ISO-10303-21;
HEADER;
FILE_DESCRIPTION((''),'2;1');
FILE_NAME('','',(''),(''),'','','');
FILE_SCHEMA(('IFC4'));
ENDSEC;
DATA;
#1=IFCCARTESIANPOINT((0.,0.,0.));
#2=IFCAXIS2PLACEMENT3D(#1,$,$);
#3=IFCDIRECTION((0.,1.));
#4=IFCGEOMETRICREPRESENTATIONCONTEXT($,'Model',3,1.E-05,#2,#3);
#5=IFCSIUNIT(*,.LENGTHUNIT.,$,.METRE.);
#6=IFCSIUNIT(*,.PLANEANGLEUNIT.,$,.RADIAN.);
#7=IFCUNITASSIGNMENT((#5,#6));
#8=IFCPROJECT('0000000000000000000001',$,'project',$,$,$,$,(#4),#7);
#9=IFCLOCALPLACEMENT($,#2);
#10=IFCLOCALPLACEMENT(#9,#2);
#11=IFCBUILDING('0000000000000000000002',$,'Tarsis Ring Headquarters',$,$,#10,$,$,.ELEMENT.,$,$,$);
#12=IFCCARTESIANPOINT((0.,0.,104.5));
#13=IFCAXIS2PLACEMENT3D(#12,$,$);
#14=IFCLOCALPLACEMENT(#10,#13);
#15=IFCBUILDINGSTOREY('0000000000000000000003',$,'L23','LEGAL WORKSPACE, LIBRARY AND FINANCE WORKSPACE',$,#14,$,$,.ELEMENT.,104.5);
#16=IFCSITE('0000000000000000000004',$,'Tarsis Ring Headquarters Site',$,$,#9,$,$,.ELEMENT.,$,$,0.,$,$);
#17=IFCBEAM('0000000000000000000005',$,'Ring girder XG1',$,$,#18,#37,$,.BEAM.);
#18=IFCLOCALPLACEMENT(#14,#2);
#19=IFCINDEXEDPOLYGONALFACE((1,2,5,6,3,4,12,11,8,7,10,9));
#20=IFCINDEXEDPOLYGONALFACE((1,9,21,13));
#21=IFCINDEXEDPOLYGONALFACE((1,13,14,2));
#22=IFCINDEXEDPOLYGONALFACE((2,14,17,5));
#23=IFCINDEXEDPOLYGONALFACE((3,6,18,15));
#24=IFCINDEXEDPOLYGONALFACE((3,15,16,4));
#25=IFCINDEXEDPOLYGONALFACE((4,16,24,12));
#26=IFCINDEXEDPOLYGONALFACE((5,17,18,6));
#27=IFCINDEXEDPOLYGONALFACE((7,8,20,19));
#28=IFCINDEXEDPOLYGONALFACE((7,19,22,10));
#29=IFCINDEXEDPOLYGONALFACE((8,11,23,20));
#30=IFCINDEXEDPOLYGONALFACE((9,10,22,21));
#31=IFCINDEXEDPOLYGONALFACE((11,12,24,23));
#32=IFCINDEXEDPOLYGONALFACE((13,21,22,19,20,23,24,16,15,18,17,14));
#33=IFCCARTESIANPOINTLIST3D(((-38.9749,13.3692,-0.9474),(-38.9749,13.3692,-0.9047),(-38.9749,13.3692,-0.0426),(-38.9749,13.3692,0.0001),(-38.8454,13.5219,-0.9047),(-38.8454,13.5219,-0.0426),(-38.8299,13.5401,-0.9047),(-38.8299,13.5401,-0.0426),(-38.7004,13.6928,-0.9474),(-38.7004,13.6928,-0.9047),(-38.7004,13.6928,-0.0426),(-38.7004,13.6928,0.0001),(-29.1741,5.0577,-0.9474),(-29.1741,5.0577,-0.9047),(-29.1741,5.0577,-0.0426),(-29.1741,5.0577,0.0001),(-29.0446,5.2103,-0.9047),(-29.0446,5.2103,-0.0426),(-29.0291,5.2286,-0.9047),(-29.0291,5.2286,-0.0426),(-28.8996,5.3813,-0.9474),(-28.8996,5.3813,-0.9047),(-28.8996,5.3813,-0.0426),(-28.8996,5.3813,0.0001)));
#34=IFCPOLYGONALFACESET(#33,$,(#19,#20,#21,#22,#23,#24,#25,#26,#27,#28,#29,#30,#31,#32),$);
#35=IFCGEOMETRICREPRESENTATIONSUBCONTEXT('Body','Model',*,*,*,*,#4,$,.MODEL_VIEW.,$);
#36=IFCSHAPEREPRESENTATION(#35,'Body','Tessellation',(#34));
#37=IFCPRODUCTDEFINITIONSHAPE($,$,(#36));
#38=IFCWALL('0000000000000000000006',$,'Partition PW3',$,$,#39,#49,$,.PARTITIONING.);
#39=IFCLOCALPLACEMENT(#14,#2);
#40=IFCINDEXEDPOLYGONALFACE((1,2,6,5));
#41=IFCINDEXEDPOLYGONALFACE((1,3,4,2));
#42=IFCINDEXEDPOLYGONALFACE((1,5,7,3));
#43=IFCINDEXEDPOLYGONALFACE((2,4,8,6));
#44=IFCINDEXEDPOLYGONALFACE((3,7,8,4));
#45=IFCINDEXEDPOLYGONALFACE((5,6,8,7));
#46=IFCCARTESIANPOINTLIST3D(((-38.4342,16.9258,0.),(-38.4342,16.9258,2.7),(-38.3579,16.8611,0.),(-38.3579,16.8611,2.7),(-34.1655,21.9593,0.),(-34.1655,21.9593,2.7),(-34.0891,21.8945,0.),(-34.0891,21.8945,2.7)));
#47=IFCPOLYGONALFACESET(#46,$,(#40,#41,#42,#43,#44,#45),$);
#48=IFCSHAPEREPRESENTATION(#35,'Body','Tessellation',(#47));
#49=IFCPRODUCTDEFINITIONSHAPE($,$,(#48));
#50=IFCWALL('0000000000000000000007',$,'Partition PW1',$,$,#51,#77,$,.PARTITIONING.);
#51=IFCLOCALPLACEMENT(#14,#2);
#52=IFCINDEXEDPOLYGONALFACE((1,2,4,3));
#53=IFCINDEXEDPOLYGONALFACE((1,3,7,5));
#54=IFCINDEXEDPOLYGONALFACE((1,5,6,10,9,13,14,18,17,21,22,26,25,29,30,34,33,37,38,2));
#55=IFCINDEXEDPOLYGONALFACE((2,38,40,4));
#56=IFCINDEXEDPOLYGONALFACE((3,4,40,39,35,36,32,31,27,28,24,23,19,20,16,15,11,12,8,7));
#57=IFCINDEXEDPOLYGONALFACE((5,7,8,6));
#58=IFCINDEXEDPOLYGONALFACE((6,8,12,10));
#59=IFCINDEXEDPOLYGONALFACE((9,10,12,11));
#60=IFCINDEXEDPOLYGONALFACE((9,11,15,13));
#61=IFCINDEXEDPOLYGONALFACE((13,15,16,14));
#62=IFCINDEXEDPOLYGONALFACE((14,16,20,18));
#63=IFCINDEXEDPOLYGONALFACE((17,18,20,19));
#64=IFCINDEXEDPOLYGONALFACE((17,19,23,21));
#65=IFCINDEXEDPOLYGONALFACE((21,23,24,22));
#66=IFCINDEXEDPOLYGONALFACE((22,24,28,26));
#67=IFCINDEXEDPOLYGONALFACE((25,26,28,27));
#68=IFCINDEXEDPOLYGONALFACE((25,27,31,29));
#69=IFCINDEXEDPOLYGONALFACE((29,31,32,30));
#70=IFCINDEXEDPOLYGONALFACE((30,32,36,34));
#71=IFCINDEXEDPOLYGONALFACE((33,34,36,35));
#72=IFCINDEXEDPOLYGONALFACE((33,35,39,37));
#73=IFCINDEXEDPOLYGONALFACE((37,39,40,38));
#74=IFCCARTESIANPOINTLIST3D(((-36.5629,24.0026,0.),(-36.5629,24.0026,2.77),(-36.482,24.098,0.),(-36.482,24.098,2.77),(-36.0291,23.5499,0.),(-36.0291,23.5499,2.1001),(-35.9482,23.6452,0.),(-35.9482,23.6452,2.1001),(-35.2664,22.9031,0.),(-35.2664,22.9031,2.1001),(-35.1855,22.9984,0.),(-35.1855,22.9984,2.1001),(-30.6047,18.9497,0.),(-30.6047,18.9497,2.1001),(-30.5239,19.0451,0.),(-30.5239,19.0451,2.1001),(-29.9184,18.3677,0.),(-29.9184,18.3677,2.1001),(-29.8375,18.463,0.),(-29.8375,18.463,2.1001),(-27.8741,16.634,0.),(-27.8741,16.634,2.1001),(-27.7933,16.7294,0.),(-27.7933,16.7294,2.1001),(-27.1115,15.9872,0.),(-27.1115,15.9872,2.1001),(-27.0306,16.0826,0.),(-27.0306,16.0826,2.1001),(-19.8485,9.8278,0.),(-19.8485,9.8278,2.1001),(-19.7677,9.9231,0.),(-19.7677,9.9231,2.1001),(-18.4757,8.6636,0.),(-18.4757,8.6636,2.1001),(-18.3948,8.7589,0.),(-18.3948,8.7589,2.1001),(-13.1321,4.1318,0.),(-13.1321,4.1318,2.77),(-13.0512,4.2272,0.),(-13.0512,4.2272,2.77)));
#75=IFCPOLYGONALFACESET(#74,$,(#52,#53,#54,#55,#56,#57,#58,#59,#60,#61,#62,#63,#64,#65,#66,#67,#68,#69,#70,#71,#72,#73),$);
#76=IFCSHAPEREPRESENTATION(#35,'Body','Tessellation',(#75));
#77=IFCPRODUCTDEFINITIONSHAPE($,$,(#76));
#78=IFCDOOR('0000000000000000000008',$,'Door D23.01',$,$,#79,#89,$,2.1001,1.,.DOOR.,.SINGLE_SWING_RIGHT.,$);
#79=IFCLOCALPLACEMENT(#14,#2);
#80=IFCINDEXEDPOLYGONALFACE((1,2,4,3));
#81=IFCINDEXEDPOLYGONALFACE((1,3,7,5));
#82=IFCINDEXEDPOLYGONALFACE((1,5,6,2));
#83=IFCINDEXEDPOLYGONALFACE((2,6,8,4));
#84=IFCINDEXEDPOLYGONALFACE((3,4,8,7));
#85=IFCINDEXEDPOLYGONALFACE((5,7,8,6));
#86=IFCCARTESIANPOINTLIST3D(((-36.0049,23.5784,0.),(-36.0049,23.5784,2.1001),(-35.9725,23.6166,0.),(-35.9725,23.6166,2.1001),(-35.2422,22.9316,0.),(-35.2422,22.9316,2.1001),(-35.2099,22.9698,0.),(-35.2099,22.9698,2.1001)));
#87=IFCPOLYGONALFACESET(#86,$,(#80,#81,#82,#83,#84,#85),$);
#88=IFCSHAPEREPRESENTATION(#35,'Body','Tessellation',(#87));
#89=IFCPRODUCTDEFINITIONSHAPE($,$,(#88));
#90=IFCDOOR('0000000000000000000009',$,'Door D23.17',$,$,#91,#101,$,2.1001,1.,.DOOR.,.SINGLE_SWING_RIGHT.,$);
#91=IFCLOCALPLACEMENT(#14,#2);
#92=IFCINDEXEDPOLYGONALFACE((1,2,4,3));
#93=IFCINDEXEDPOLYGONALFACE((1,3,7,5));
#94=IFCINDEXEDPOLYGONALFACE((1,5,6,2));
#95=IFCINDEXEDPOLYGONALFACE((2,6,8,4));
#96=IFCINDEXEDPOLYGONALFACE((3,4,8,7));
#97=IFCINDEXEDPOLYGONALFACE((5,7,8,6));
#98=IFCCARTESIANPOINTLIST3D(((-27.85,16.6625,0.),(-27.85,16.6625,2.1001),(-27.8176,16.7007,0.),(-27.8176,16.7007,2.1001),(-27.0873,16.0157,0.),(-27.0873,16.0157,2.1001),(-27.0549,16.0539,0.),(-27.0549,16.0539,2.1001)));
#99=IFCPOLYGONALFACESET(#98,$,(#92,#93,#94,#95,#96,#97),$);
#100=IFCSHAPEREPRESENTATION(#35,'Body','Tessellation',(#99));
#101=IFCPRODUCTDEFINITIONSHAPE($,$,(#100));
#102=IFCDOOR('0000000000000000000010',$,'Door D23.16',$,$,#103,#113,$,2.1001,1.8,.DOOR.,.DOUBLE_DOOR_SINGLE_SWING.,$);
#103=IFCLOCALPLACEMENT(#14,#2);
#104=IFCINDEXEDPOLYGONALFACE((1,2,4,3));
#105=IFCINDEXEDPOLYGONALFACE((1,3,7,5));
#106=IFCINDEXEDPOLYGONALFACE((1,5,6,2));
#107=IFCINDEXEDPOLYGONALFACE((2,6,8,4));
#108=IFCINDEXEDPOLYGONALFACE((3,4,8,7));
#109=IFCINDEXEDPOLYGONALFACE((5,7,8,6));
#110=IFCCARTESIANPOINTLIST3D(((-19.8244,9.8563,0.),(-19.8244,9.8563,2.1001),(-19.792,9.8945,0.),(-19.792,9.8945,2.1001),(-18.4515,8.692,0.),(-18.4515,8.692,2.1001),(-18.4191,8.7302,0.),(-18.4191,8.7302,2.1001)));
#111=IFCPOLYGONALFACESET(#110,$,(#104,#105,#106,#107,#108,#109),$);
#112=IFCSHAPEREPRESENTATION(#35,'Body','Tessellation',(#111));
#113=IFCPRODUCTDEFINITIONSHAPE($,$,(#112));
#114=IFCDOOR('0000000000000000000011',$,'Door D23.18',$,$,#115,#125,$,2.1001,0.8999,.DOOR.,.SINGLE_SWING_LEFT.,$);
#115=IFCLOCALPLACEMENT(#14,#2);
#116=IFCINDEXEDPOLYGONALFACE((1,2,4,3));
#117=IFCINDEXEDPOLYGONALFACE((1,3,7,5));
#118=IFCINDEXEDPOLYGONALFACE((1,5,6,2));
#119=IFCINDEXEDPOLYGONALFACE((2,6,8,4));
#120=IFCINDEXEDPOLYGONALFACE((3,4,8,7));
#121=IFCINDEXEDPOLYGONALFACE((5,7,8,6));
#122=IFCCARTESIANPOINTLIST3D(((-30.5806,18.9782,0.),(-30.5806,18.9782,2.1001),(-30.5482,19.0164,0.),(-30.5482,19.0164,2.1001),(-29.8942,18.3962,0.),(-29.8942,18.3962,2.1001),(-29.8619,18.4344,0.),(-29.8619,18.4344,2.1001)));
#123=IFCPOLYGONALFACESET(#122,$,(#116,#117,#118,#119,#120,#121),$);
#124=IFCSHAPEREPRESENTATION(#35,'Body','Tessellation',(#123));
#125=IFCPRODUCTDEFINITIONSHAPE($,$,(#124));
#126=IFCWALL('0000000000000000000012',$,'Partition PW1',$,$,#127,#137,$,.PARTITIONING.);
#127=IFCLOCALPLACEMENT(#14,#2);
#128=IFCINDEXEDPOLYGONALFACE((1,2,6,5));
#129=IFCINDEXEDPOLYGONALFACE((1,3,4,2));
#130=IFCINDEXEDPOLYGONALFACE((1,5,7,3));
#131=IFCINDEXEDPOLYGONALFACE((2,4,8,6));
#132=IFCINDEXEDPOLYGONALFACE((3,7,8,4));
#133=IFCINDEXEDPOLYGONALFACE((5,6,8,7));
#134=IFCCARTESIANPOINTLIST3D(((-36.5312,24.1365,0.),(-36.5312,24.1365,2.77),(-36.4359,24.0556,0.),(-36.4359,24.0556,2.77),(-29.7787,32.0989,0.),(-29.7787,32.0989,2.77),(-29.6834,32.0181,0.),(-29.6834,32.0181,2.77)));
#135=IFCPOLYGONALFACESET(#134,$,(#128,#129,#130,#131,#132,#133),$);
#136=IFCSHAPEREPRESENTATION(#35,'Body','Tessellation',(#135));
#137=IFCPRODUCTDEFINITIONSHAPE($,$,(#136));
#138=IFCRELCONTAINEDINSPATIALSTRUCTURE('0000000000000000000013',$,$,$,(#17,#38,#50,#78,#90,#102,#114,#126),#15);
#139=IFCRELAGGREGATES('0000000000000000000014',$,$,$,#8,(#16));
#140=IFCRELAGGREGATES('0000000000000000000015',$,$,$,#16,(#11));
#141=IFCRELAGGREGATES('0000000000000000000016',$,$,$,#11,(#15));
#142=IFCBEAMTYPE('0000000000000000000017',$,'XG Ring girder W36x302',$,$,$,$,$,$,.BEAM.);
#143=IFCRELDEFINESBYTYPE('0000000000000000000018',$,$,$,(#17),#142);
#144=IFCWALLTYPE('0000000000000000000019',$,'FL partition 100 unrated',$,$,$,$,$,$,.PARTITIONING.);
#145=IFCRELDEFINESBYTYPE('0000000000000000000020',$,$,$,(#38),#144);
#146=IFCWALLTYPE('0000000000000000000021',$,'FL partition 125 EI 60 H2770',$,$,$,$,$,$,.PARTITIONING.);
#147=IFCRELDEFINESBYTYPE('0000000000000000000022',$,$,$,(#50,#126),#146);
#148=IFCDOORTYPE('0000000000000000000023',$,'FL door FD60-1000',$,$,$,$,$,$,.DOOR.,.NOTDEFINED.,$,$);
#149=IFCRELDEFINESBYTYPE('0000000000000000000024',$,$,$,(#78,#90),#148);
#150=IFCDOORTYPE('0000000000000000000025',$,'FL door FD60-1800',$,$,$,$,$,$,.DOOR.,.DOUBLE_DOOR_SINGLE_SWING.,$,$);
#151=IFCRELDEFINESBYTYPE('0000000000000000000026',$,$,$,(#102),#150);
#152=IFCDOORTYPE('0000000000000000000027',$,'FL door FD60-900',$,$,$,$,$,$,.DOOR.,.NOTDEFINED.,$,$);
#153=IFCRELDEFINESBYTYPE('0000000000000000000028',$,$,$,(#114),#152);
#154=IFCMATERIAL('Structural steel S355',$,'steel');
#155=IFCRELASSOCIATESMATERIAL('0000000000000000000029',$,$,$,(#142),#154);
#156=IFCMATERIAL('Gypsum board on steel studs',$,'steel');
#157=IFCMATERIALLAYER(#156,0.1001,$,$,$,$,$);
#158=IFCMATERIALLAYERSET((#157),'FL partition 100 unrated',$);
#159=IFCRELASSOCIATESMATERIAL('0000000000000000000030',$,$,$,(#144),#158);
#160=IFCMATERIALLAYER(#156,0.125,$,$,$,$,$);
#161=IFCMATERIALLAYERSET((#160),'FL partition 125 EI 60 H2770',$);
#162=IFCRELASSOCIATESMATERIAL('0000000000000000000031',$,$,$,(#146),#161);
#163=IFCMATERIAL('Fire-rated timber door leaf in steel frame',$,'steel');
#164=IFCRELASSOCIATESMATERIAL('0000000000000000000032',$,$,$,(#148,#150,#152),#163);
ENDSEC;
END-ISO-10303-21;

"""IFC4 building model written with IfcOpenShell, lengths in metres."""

from ifc_helpers import new_model, si_unit, direction, frame, frame_2d, origin, origin_2d, place, context, subcontext, project, spatial, rectangle, i_section, extrude, material, layer, layer_set, material_profile, profile_set, type_object, element, fill, save


model = new_model("IFC4")

# Units and contexts
model_context = context("Model", 3, precision=1e-05, world=origin(), true_north=direction((0.0, 1.0)))
body_context = subcontext(model_context, "Body", "Model", "MODEL_VIEW")
ifc_project = project(units=[si_unit("LENGTHUNIT", "METRE"), si_unit("PLANEANGLEUNIT", "RADIAN")], contexts=[model_context])

# Site, building, storey
site_placement = place(None, origin())
site = spatial("IfcSite", under=ifc_project, at=site_placement, Name="Tarsis Ring Headquarters Site", CompositionType="ELEMENT", RefElevation=0.0)
building_placement = place(site_placement, origin())
building = spatial("IfcBuilding", under=site, at=building_placement, Name="Tarsis Ring Headquarters", CompositionType="ELEMENT")
storey_placement = place(building_placement, frame((0.0, 0.0, 104.5)))
storey = spatial("IfcBuildingStorey", under=building, at=storey_placement, Name="L23", Description="LEGAL WORKSPACE, LIBRARY AND FINANCE WORKSPACE", CompositionType="ELEMENT", Elevation=104.5)

# Shared definitions
ifc_material_1 = material(Name="Structural steel S355", Category="steel")

# Beam
ifc_material_profile_1 = material_profile(ifc_material_1, i_section(OverallWidth=0.4243, OverallDepth=0.9475, WebThickness=0.0239, FlangeThickness=0.0427, at=origin_2d()), Name="W36x302")
ifc_profile_set_1 = profile_set([ifc_material_profile_1], Name="Structural steel S355")
beam_type = type_object("IfcBeamType", Name="XG Ring girder W36x302", PredefinedType="BEAM", material=ifc_profile_set_1)
beam_1_placement = place(storey_placement, frame((-38.8376, 13.531, -0.4736), z_axis=(0.762674, -0.646783, 0.0), x_axis=(0.646783, 0.762674, 0.0)))
element("IfcBeam", 1, at=beam_1_placement, inside=storey, type_object=beam_type, Name="Ring girder XG1", PredefinedType="BEAM", context=body_context, shape_type="SweptSolid", body=[
    extrude(i_section(OverallWidth=0.4243, OverallDepth=0.9475, WebThickness=0.0239, FlangeThickness=0.0427, at=origin_2d()), origin(), (0.0, 0.0, 1.0), 12.8506),
])

# Wall
ifc_material_2 = material(Name="Gypsum board on steel studs", Category="steel")
ifc_layer_1 = layer(ifc_material_2, 0.1001)
ifc_layer_set_1 = layer_set([ifc_layer_1], Name="FL partition 100 unrated")
wall_type_1 = type_object("IfcWallType", Name="FL partition 100 unrated", PredefinedType="PARTITIONING", material=ifc_layer_set_1)
wall_1_placement = place(storey_placement, frame((-38.396, 16.8936, 0.0), z_axis=(0.0, 0.0, 1.0), x_axis=(0.646801, 0.762659, 0.0)))
element("IfcWall", 2, at=wall_1_placement, inside=storey, type_object=wall_type_1, Name="Partition PW3", PredefinedType="PARTITIONING", context=body_context, shape_type="SweptSolid", body=[
    extrude(rectangle(XDim=6.5999, YDim=0.1001, at=frame_2d((3.2998, 0.0))), origin(), (0.0, 0.0, 1.0), 2.7),
])

# Wall, openings, doors
ifc_layer_2 = layer(ifc_material_2, 0.125)
ifc_layer_set_2 = layer_set([ifc_layer_2], Name="FL partition 125 EI 60 H2770")
wall_type_2 = type_object("IfcWallType", Name="FL partition 125 EI 60 H2770", PredefinedType="PARTITIONING", material=ifc_layer_set_2)
wall_2_placement = place(storey_placement, frame((-36.5225, 24.0503, 0.0), z_axis=(0.0, 0.0, 1.0), x_axis=(0.762668, -0.64679, 0.0)))
wall_2 = element("IfcWall", 3, at=wall_2_placement, inside=storey, type_object=wall_type_2, Name="Partition PW1", PredefinedType="PARTITIONING", context=body_context, shape_type="SweptSolid", body=[
    extrude(rectangle(XDim=30.7222, YDim=0.125, at=frame_2d((15.3611, 0.0))), origin(), (0.0, 0.0, 1.0), 2.77),
])
opening_1_placement = place(wall_2_placement, frame((0.7, 0.0, 0.0)))
opening_1 = element("IfcOpeningElement", 4, at=opening_1_placement, cuts=wall_2, PredefinedType="OPENING", context=body_context, shape_type="SweptSolid", body=[
    extrude(rectangle(XDim=1.0, YDim=2.1001, at=frame_2d((0.5, 1.05))), frame((0.0, 0.0725, 0.0), z_axis=(0.0, -1.0, 0.0), x_axis=(1.0, 0.0, 0.0)), (0.0, 0.0, 1.0), 0.145),
])
opening_2_placement = place(wall_2_placement, frame((21.9158, 0.0, 0.0)))
opening_2 = element("IfcOpeningElement", 5, at=opening_2_placement, cuts=wall_2, PredefinedType="OPENING", context=body_context, shape_type="SweptSolid", body=[
    extrude(rectangle(XDim=1.8, YDim=2.1001, at=frame_2d((0.8999, 1.05))), frame((0.0, 0.0725, 0.0), z_axis=(0.0, -1.0, 0.0), x_axis=(1.0, 0.0, 0.0)), (0.0, 0.0, 1.0), 0.145),
])
opening_3_placement = place(wall_2_placement, frame((11.3926, 0.0, 0.0)))
opening_3 = element("IfcOpeningElement", 6, at=opening_3_placement, cuts=wall_2, PredefinedType="OPENING", context=body_context, shape_type="SweptSolid", body=[
    extrude(rectangle(XDim=1.0, YDim=2.1001, at=frame_2d((0.5, 1.05))), frame((0.0, 0.0725, 0.0), z_axis=(0.0, -1.0, 0.0), x_axis=(1.0, 0.0, 0.0)), (0.0, 0.0, 1.0), 0.145),
])
opening_4_placement = place(wall_2_placement, frame((7.8123, 0.0, 0.0)))
opening_4 = element("IfcOpeningElement", 7, at=opening_4_placement, cuts=wall_2, PredefinedType="OPENING", context=body_context, shape_type="SweptSolid", body=[
    extrude(rectangle(XDim=0.8999, YDim=2.1001, at=frame_2d((0.45, 1.05))), frame((0.0, 0.0725, 0.0), z_axis=(0.0, -1.0, 0.0), x_axis=(1.0, 0.0, 0.0)), (0.0, 0.0, 1.0), 0.145),
])
ifc_material_3 = material(Name="Fire-rated timber door leaf in steel frame", Category="steel")
door_type_1 = type_object("IfcDoorType", Name="FL door FD60-1000", OperationType="NOTDEFINED", PredefinedType="DOOR", material=ifc_material_3)
door_1_placement = place(opening_1_placement, origin())
door_1 = element("IfcDoor", 8, at=door_1_placement, inside=storey, type_object=door_type_1, Name="Door D23.01", OperationType="SINGLE_SWING_RIGHT", OverallHeight=2.1001, OverallWidth=1.0, PredefinedType="DOOR", context=body_context, shape_type="SweptSolid", body=[
    extrude(rectangle(XDim=1.0, YDim=2.1001, at=frame_2d((0.5, 1.05))), frame((0.0, 0.0249, 0.0), z_axis=(0.0, -1.0, 0.0), x_axis=(1.0, 0.0, 0.0)), (0.0, 0.0, 1.0), 0.05),
])
fill(opening_1, door_1)
door_2_placement = place(opening_3_placement, origin())
door_2 = element("IfcDoor", 9, at=door_2_placement, inside=storey, type_object=door_type_1, Name="Door D23.17", OperationType="SINGLE_SWING_RIGHT", OverallHeight=2.1001, OverallWidth=1.0, PredefinedType="DOOR", context=body_context, shape_type="SweptSolid", body=[
    extrude(rectangle(XDim=1.0, YDim=2.1001, at=frame_2d((0.5, 1.05))), frame((0.0, 0.0249, 0.0), z_axis=(0.0, -1.0, 0.0), x_axis=(1.0, 0.0, 0.0)), (0.0, 0.0, 1.0), 0.05),
])
fill(opening_3, door_2)
door_type_2 = type_object("IfcDoorType", Name="FL door FD60-1800", OperationType="DOUBLE_DOOR_SINGLE_SWING", PredefinedType="DOOR", material=ifc_material_3)
door_3_placement = place(opening_2_placement, origin())
door_3 = element("IfcDoor", 10, at=door_3_placement, inside=storey, type_object=door_type_2, Name="Door D23.16", OperationType="DOUBLE_DOOR_SINGLE_SWING", OverallHeight=2.1001, OverallWidth=1.8, PredefinedType="DOOR", context=body_context, shape_type="SweptSolid", body=[
    extrude(rectangle(XDim=1.8, YDim=2.1001, at=frame_2d((0.8999, 1.05))), frame((0.0, 0.0249, 0.0), z_axis=(0.0, -1.0, 0.0), x_axis=(1.0, 0.0, 0.0)), (0.0, 0.0, 1.0), 0.05),
])
fill(opening_2, door_3)
door_type_3 = type_object("IfcDoorType", Name="FL door FD60-900", OperationType="NOTDEFINED", PredefinedType="DOOR", material=ifc_material_3)
door_4_placement = place(opening_4_placement, origin())
door_4 = element("IfcDoor", 11, at=door_4_placement, inside=storey, type_object=door_type_3, Name="Door D23.18", OperationType="SINGLE_SWING_LEFT", OverallHeight=2.1001, OverallWidth=0.8999, PredefinedType="DOOR", context=body_context, shape_type="SweptSolid", body=[
    extrude(rectangle(XDim=0.8999, YDim=2.1001, at=frame_2d((0.45, 1.05))), frame((0.0, 0.0249, 0.0), z_axis=(0.0, -1.0, 0.0), x_axis=(1.0, 0.0, 0.0)), (0.0, 0.0, 1.0), 0.05),
])
fill(opening_4, door_4)

# Wall
wall_3_placement = place(storey_placement, frame((-36.4836, 24.0959, 0.0), z_axis=(0.0, 0.0, 1.0), x_axis=(0.64678, 0.762676, 0.0)))
element("IfcWall", 12, at=wall_3_placement, inside=storey, type_object=wall_type_2, Name="Partition PW1", PredefinedType="PARTITIONING", context=body_context, shape_type="SweptSolid", body=[
    extrude(rectangle(XDim=10.4402, YDim=0.125, at=frame_2d((5.2202, 0.0))), origin(), (0.0, 0.0, 1.0), 2.77),
])

save(model, "model.ifc")
